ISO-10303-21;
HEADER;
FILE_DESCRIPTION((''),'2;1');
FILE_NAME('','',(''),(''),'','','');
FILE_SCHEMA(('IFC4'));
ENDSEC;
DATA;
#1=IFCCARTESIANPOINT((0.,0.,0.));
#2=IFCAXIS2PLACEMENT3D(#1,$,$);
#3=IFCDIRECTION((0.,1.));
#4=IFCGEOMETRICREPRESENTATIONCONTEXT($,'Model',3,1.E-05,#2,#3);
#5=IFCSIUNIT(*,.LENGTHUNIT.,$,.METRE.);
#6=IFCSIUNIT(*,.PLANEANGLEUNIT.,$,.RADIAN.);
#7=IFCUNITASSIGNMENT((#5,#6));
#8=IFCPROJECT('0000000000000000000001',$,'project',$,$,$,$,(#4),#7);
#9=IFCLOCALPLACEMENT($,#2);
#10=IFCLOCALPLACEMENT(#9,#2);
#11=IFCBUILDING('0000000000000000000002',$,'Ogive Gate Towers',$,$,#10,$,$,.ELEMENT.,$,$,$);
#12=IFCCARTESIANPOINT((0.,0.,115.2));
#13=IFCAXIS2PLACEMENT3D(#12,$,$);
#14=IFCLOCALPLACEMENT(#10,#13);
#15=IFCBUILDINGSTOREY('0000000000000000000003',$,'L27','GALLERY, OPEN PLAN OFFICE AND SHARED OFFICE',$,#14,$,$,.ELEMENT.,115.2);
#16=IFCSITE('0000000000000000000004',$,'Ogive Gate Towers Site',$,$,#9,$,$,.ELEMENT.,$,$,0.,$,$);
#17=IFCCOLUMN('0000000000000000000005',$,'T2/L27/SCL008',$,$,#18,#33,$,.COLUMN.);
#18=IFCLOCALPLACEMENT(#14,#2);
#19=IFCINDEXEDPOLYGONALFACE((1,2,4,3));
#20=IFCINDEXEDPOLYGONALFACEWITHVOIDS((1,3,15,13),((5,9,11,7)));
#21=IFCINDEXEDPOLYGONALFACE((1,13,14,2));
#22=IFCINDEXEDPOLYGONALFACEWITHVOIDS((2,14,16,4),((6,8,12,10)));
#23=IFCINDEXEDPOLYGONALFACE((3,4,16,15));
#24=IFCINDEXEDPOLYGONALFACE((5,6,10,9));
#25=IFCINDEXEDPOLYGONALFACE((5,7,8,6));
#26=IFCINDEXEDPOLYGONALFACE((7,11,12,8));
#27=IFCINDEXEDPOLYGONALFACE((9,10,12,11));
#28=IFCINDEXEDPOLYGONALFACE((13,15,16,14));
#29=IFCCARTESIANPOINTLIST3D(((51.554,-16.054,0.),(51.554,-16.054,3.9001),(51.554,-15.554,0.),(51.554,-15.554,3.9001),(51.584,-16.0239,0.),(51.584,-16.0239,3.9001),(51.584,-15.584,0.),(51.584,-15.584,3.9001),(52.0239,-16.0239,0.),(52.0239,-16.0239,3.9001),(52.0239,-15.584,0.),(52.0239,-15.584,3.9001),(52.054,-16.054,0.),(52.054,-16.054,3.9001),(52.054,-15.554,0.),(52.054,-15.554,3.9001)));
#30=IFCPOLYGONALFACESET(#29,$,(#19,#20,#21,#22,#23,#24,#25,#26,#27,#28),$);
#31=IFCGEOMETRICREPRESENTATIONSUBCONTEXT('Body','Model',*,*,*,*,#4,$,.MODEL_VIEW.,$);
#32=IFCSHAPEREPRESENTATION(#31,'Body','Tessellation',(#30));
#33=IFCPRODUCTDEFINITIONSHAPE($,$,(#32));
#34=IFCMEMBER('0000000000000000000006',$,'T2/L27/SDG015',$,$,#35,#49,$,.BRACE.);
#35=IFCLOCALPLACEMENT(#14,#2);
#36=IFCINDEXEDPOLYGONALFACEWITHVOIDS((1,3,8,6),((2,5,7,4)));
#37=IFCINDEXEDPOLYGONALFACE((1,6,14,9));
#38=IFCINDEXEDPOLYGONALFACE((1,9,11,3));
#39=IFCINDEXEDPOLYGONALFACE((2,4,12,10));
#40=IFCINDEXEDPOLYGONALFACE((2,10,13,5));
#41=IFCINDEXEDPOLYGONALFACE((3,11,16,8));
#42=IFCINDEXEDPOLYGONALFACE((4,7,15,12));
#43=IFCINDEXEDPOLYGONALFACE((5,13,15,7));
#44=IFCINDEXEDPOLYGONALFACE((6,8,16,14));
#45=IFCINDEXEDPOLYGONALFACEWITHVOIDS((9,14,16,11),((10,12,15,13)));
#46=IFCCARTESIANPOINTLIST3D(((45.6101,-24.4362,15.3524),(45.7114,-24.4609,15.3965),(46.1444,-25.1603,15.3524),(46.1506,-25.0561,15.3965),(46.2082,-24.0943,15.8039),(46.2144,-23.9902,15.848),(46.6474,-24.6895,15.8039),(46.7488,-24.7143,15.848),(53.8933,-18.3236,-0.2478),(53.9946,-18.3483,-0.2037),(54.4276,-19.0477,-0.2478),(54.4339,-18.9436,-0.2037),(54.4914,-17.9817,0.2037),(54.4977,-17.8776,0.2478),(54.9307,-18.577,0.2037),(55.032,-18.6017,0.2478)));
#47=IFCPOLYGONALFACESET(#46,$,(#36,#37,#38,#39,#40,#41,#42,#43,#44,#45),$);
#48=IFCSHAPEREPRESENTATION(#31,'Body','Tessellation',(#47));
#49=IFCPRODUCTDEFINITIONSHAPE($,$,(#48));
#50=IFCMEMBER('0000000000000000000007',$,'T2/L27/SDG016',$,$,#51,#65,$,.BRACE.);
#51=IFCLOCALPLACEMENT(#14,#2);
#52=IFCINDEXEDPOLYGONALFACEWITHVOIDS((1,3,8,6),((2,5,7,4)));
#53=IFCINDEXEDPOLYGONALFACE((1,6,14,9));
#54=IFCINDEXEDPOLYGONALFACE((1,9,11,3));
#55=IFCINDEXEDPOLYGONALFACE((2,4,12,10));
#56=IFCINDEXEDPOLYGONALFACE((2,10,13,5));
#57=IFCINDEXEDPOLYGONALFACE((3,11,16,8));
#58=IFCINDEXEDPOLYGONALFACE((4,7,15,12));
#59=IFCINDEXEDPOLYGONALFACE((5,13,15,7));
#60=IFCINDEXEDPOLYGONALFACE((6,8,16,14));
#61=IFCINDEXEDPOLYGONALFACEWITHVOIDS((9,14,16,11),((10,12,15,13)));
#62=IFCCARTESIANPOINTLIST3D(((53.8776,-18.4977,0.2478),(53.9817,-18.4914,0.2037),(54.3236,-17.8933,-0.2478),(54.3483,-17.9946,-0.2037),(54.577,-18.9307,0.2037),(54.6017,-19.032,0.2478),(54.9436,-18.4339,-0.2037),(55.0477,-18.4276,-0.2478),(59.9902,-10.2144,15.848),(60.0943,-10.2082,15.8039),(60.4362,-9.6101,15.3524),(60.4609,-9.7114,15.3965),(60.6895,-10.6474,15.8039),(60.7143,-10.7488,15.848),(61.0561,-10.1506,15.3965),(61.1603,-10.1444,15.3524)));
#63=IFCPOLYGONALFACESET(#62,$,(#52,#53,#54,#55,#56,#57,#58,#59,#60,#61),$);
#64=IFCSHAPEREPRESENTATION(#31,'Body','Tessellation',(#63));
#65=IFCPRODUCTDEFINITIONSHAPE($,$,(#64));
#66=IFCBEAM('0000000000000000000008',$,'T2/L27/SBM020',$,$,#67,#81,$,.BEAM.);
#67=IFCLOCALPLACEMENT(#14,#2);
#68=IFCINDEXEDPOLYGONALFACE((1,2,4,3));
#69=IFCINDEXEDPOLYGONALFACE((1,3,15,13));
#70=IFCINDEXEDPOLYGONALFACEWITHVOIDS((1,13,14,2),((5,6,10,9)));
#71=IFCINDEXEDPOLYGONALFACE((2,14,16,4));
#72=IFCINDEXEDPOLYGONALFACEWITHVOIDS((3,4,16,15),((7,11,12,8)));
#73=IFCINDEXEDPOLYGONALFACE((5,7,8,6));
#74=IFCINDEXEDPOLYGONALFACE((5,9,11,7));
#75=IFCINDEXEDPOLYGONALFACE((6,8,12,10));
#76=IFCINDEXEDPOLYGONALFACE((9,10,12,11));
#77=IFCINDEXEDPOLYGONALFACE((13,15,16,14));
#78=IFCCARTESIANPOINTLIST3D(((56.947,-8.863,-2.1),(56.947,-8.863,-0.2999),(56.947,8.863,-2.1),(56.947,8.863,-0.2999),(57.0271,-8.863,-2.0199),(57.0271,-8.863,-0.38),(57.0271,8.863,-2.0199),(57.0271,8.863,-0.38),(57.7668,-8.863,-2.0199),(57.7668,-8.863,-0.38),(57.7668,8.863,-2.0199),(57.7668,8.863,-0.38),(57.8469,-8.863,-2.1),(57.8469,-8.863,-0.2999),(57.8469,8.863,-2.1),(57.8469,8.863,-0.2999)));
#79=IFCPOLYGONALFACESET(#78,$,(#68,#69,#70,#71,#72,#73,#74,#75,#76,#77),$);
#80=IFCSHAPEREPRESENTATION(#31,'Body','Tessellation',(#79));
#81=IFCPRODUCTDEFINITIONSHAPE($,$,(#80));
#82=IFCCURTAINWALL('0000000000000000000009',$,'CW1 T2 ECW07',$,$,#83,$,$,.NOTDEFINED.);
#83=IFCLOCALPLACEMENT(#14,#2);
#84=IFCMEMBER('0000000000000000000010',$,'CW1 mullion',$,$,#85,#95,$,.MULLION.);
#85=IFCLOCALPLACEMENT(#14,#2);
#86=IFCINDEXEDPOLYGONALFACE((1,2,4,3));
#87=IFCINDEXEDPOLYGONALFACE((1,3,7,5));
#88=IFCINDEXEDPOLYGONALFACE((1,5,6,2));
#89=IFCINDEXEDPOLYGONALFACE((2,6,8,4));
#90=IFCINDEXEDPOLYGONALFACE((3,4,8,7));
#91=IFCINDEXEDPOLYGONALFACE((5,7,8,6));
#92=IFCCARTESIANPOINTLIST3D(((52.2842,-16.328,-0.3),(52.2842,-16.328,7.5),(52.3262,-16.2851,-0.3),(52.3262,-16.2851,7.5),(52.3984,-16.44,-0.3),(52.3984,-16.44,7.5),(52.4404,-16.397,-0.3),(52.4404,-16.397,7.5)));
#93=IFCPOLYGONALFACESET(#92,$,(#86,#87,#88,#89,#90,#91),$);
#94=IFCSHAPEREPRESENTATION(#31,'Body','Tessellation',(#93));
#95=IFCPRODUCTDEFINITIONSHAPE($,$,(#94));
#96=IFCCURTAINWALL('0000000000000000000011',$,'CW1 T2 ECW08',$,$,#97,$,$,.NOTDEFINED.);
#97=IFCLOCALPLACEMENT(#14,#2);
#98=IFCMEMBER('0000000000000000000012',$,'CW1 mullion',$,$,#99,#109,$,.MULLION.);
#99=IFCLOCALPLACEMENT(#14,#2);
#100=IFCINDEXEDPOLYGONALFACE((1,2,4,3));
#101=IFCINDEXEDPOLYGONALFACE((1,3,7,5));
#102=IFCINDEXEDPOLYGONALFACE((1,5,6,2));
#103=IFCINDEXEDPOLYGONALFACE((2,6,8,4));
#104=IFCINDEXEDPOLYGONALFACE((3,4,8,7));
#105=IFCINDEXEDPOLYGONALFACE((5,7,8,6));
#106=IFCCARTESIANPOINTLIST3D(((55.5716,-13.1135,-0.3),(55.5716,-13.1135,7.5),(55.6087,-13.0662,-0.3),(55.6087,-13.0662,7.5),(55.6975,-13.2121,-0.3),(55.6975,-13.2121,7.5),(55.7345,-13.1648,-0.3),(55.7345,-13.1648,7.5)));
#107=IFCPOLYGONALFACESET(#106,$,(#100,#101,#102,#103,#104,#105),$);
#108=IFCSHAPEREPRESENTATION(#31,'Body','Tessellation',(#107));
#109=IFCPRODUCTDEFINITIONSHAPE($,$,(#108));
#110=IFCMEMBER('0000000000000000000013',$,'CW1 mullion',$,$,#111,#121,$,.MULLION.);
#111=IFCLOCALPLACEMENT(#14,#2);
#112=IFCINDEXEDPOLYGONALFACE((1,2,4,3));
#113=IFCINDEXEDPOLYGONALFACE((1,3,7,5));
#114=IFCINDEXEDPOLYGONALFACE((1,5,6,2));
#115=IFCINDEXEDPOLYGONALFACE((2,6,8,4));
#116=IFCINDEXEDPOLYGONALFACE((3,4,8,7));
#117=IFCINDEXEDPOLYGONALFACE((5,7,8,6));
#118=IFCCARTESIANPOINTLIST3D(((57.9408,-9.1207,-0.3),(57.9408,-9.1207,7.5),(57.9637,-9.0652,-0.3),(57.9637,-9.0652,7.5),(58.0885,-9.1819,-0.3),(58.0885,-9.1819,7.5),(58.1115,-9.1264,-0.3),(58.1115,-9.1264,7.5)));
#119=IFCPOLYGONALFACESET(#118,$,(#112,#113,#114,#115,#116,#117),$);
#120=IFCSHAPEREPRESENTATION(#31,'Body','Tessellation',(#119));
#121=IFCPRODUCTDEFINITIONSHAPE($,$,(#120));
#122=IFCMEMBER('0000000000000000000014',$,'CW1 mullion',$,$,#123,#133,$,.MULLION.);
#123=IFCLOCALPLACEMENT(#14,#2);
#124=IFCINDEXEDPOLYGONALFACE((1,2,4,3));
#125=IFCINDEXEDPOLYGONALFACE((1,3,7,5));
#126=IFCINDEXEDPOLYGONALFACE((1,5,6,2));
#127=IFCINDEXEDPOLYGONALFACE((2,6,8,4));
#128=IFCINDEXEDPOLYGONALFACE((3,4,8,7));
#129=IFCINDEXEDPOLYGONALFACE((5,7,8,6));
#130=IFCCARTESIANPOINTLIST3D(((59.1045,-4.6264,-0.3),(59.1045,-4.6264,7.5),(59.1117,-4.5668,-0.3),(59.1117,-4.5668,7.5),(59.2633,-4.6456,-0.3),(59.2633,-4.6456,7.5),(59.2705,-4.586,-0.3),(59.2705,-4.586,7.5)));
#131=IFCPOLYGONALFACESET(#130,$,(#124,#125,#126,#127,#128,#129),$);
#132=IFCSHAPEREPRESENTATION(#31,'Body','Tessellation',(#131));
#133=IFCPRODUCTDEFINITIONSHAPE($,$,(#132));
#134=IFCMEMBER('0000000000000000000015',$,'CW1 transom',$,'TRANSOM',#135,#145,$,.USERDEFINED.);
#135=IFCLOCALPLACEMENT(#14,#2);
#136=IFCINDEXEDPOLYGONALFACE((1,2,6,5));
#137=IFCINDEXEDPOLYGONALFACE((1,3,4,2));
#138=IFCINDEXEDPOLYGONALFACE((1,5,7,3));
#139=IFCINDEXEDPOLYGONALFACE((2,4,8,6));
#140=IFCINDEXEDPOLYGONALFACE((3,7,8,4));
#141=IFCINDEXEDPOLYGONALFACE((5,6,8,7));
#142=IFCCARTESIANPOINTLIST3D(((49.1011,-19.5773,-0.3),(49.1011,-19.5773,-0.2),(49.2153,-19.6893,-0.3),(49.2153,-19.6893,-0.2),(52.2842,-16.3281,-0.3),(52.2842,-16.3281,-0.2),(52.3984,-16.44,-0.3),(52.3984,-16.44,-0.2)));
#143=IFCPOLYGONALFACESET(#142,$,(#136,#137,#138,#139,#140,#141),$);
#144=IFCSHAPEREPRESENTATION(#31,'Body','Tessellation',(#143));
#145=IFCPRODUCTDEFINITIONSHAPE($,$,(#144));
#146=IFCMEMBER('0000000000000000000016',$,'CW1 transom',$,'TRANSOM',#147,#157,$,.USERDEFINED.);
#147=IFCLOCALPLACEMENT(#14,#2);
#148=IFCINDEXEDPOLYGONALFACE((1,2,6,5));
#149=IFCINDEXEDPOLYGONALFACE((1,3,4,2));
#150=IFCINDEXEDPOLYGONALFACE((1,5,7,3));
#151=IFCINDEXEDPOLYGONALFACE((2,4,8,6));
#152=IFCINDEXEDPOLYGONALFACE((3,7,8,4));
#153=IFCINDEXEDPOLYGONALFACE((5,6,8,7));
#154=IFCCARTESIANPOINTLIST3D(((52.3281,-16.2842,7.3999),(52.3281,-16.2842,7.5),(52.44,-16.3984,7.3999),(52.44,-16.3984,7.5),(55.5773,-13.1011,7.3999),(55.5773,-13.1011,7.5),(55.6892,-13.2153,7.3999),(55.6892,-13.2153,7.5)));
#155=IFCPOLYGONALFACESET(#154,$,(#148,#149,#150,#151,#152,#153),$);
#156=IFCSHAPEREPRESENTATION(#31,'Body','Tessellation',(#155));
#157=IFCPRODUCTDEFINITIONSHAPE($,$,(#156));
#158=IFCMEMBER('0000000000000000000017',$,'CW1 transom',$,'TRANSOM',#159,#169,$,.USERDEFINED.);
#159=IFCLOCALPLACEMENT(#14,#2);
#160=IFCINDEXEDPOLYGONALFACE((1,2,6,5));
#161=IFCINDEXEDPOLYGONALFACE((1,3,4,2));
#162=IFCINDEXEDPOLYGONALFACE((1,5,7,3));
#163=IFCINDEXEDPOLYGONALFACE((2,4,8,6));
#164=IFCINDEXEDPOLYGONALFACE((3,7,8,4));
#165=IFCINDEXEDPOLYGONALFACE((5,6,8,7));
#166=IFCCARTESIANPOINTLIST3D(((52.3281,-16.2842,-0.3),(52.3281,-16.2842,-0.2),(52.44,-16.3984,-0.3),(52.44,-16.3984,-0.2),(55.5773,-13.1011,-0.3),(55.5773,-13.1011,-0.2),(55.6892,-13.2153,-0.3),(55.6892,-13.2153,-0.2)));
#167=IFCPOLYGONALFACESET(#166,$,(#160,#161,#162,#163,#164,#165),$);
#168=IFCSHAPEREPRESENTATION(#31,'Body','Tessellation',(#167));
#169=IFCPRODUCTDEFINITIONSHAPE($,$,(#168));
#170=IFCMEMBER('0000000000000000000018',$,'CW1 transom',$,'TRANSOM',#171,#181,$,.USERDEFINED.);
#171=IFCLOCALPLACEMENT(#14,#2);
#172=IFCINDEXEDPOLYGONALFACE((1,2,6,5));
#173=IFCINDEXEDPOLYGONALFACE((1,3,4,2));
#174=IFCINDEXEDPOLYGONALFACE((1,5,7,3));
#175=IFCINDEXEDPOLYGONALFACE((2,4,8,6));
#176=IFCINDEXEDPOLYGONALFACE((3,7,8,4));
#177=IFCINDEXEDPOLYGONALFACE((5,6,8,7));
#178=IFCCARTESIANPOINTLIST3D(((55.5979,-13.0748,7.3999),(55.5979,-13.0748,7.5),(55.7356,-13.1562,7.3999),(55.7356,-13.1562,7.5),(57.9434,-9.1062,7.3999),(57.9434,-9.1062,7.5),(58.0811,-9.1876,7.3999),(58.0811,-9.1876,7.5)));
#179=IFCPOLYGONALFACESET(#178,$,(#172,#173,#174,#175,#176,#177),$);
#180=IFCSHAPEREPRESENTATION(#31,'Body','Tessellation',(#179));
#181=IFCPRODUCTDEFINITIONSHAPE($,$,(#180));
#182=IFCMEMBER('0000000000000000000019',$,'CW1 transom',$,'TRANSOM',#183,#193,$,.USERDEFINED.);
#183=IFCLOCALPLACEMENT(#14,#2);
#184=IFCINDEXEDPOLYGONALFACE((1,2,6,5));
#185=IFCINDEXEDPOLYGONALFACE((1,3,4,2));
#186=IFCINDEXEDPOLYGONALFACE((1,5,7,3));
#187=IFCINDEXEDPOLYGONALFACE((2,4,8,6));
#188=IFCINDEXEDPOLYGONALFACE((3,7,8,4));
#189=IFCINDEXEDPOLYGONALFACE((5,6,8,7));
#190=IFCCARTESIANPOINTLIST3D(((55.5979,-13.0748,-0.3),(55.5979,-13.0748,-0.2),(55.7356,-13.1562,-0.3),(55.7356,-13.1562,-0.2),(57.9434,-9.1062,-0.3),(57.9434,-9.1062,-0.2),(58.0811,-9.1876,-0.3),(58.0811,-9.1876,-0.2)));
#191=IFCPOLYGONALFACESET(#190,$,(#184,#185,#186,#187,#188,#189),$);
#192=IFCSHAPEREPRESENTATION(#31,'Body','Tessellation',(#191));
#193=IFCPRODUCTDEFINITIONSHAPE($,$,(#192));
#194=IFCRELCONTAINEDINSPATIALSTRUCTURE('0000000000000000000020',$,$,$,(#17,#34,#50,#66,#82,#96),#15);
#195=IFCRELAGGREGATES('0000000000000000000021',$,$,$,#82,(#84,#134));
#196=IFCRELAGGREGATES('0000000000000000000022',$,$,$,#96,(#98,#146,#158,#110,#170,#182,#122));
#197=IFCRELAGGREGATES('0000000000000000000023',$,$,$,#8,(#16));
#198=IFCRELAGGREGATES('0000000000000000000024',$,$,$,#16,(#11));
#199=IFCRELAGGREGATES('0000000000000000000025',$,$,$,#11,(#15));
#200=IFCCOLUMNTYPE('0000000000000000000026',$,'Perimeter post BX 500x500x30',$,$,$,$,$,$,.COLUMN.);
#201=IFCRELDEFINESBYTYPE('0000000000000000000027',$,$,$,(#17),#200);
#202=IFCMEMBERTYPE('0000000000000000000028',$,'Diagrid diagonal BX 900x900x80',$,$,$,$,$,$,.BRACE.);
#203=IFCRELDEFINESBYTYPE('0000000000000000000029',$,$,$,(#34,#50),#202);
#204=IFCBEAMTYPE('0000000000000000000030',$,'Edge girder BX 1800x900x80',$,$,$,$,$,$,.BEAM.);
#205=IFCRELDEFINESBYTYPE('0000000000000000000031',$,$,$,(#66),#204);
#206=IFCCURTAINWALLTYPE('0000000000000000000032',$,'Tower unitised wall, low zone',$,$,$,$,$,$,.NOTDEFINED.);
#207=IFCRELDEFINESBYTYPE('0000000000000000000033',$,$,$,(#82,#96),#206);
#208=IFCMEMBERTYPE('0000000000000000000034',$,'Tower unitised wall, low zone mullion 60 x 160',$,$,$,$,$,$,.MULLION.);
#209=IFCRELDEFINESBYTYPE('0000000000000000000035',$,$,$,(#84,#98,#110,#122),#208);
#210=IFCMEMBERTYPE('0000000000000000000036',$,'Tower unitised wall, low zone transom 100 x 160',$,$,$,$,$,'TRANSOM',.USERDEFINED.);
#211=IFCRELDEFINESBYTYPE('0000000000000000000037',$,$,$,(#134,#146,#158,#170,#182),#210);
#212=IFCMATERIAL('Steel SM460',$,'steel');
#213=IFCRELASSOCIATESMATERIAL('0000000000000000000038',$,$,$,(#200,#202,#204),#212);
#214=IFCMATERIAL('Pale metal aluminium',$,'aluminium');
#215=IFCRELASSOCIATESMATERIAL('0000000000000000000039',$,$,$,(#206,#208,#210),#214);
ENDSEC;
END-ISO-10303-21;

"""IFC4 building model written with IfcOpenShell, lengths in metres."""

from ifc_helpers import new_model, si_unit, direction, frame, origin, origin_2d, place, context, subcontext, project, spatial, rectangle, hollow_rectangle, extrude, material, material_profile, profile_set, type_object, element, aggregate, save


model = new_model("IFC4")

# Units and contexts
model_context = context("Model", 3, precision=1e-05, world=origin(), true_north=direction((0.0, 1.0)))
body_context = subcontext(model_context, "Body", "Model", "MODEL_VIEW")
ifc_project = project(units=[si_unit("LENGTHUNIT", "METRE"), si_unit("PLANEANGLEUNIT", "RADIAN")], contexts=[model_context])

# Site, building, storey
site_placement = place(None, origin())
site = spatial("IfcSite", under=ifc_project, at=site_placement, Name="Ogive Gate Towers Site", CompositionType="ELEMENT", RefElevation=0.0)
building_placement = place(site_placement, origin())
building = spatial("IfcBuilding", under=site, at=building_placement, Name="Ogive Gate Towers", CompositionType="ELEMENT")
storey_placement = place(building_placement, frame((0.0, 0.0, 115.2)))
storey = spatial("IfcBuildingStorey", under=building, at=storey_placement, Name="L27", Description="GALLERY, OPEN PLAN OFFICE AND SHARED OFFICE", CompositionType="ELEMENT", Elevation=115.2)

# Column
ifc_material_1 = material(Name="Steel SM460", Category="steel")
ifc_material_profile_1 = material_profile(ifc_material_1, hollow_rectangle(XDim=0.5, YDim=0.5, WallThickness=0.03, at=origin_2d()), Name="BX 500x500x30")
ifc_profile_set_1 = profile_set([ifc_material_profile_1], Name="Steel SM460")
column_type = type_object("IfcColumnType", Name="Perimeter post BX 500x500x30", PredefinedType="COLUMN", material=ifc_profile_set_1)
column_placement = place(storey_placement, frame((51.804, -15.804, 0.0), z_axis=(0.0, 0.0, 1.0), x_axis=(1.0, 0.0, 0.0)))
element("IfcColumn", 1, at=column_placement, inside=storey, type_object=column_type, Name="T2/L27/SCL008", PredefinedType="COLUMN", context=body_context, shape_type="SweptSolid", body=[
    extrude(hollow_rectangle(XDim=0.5, YDim=0.5, WallThickness=0.03, at=origin_2d()), origin(), (0.0, 0.0, 1.0), 3.9001),
])

# Members
ifc_material_profile_2 = material_profile(ifc_material_1, hollow_rectangle(XDim=0.8999, YDim=0.8999, WallThickness=0.0801, at=origin_2d()), Name="BX 900x900x80")
ifc_profile_set_2 = profile_set([ifc_material_profile_2], Name="Steel SM460")
member_type_1 = type_object("IfcMemberType", Name="Diagrid diagonal BX 900x900x80", PredefinedType="BRACE", material=ifc_profile_set_2)
for number, where, z_axis, x_axis, name in (
    (2, (54.4626, -18.4626, 0.0), (-0.443175, -0.327039, 0.83465), (0.593774, -0.804632, 0.0), "T2/L27/SDG015"),
    (3, (54.4626, -18.4626, 0.0), (0.327039, 0.443175, 0.83465), (-0.804632, 0.593774, 0.0), "T2/L27/SDG016"),
):
    element("IfcMember", number, at=place(storey_placement, frame(where, z_axis=z_axis, x_axis=x_axis)), inside=storey, type_object=member_type_1, Name=name, PredefinedType="BRACE", context=body_context, shape_type="SweptSolid", body=[
        extrude(hollow_rectangle(XDim=0.8999, YDim=0.8999, WallThickness=0.0801, at=origin_2d()), origin(), (0.0, 0.0, 1.0), 18.6907),
    ])

# Beam
ifc_material_profile_3 = material_profile(ifc_material_1, hollow_rectangle(XDim=0.8999, YDim=1.8, WallThickness=0.0801, at=origin_2d()), Name="BX 1800x900x80")
ifc_profile_set_3 = profile_set([ifc_material_profile_3], Name="Steel SM460")
beam_type = type_object("IfcBeamType", Name="Edge girder BX 1800x900x80", PredefinedType="BEAM", material=ifc_profile_set_3)
beam_placement = place(storey_placement, frame((57.397, -8.863, -1.2), z_axis=(0.0, 1.0, 0.0), x_axis=(-1.0, 0.0, 0.0)))
element("IfcBeam", 4, at=beam_placement, inside=storey, type_object=beam_type, Name="T2/L27/SBM020", PredefinedType="BEAM", context=body_context, shape_type="SweptSolid", body=[
    extrude(hollow_rectangle(XDim=0.8999, YDim=1.8, WallThickness=0.0801, at=origin_2d()), origin(), (0.0, 0.0, 1.0), 17.7261),
])

# Curtain wall, member
ifc_material_2 = material(Name="Pale metal aluminium", Category="aluminium")
curtain_wall_type = type_object("IfcCurtainWallType", Name="Tower unitised wall, low zone", PredefinedType="NOTDEFINED", material=ifc_material_2)
curtain_wall_1_placement = place(storey_placement, origin())
curtain_wall_1 = element("IfcCurtainWall", 5, at=curtain_wall_1_placement, inside=storey, type_object=curtain_wall_type, Name="CW1 T2 ECW07", PredefinedType="NOTDEFINED")
ifc_material_profile_4 = material_profile(ifc_material_2, rectangle(XDim=0.1599, YDim=0.0601, at=origin_2d()), Name="60 x 160 aluminium box")
ifc_profile_set_4 = profile_set([ifc_material_profile_4], Name="Pale metal aluminium")
member_type_2 = type_object("IfcMemberType", Name="Tower unitised wall, low zone mullion 60 x 160", PredefinedType="MULLION", material=ifc_profile_set_4)
member_1_placement = place(storey_placement, frame((52.3623, -16.3625, -0.3), z_axis=(0.0, 0.0, 1.0), x_axis=(0.714351, -0.699788, 0.0)))
member_1 = element("IfcMember", 6, at=member_1_placement, type_object=member_type_2, Name="CW1 mullion", PredefinedType="MULLION", context=body_context, shape_type="SweptSolid", body=[
    extrude(rectangle(XDim=0.1599, YDim=0.0601, at=origin_2d()), origin(), (0.0, 0.0, 1.0), 7.8),
])

# Curtain wall, members
curtain_wall_2_placement = place(storey_placement, origin())
curtain_wall_2 = element("IfcCurtainWall", 7, at=curtain_wall_2_placement, inside=storey, type_object=curtain_wall_type, Name="CW1 T2 ECW08", PredefinedType="NOTDEFINED")
member_2_placement = place(storey_placement, frame((55.6531, -13.1392, -0.3), z_axis=(0.0, 0.0, 1.0), x_axis=(0.787086, -0.616844, 0.0)))
member_2 = element("IfcMember", 8, at=member_2_placement, type_object=member_type_2, Name="CW1 mullion", PredefinedType="MULLION", context=body_context, shape_type="SweptSolid", body=[
    extrude(rectangle(XDim=0.1599, YDim=0.0601, at=origin_2d()), origin(), (0.0, 0.0, 1.0), 7.8),
])
member_3_placement = place(storey_placement, frame((58.0261, -9.1235, -0.3), z_axis=(0.0, 0.0, 1.0), x_axis=(0.92388, -0.382683, 0.0)))
member_3 = element("IfcMember", 9, at=member_3_placement, type_object=member_type_2, Name="CW1 mullion", PredefinedType="MULLION", context=body_context, shape_type="SweptSolid", body=[
    extrude(rectangle(XDim=0.1599, YDim=0.0601, at=origin_2d()), origin(), (0.0, 0.0, 1.0), 7.8),
])
member_4_placement = place(storey_placement, frame((59.1875, -4.6062, -0.3), z_axis=(0.0, 0.0, 1.0), x_axis=(0.992728, -0.120379, 0.0)))
member_4 = element("IfcMember", 10, at=member_4_placement, type_object=member_type_2, Name="CW1 mullion", PredefinedType="MULLION", context=body_context, shape_type="SweptSolid", body=[
    extrude(rectangle(XDim=0.1599, YDim=0.0601, at=origin_2d()), origin(), (0.0, 0.0, 1.0), 7.8),
])

# Members
ifc_material_profile_5 = material_profile(ifc_material_2, rectangle(XDim=0.1599, YDim=0.1001, at=origin_2d()), Name="100 x 160 aluminium box")
ifc_profile_set_5 = profile_set([ifc_material_profile_5], Name="Pale metal aluminium")
member_type_3 = type_object("IfcMemberType", Name="Tower unitised wall, low zone transom 100 x 160", ElementType="TRANSOM", PredefinedType="USERDEFINED", material=ifc_profile_set_5)
member_5_placement = place(storey_placement, frame((49.1582, -19.6333, -0.25), z_axis=(0.699797, 0.714342, 0.0), x_axis=(-0.714342, 0.699797, 0.0)))
member_5 = element("IfcMember", 11, at=member_5_placement, type_object=member_type_3, Name="CW1 transom", ObjectType="TRANSOM", PredefinedType="USERDEFINED", context=body_context, shape_type="SweptSolid", body=[
    extrude(rectangle(XDim=0.1599, YDim=0.1001, at=origin_2d()), origin(), (0.0, 0.0, 1.0), 4.5486),
])
member_6_placement = place(storey_placement, frame((52.384, -16.3413, 7.45), z_axis=(0.714342, 0.699797, 0.0), x_axis=(-0.699797, 0.714342, 0.0)))
member_6 = element("IfcMember", 12, at=member_6_placement, type_object=member_type_3, Name="CW1 transom", ObjectType="TRANSOM", PredefinedType="USERDEFINED", context=body_context, shape_type="SweptSolid", body=[
    extrude(rectangle(XDim=0.1599, YDim=0.1001, at=origin_2d()), origin(), (0.0, 0.0, 1.0), 4.5486),
])
member_7_placement = place(storey_placement, frame((52.384, -16.3413, -0.25), z_axis=(0.714342, 0.699797, 0.0), x_axis=(-0.699797, 0.714342, 0.0)))
member_7 = element("IfcMember", 13, at=member_7_placement, type_object=member_type_3, Name="CW1 transom", ObjectType="TRANSOM", PredefinedType="USERDEFINED", context=body_context, shape_type="SweptSolid", body=[
    extrude(rectangle(XDim=0.1599, YDim=0.1001, at=origin_2d()), origin(), (0.0, 0.0, 1.0), 4.5486),
])
member_8_placement = place(storey_placement, frame((55.6667, -13.1155, 7.45), z_axis=(0.508799, 0.860885, 0.0), x_axis=(-0.860885, 0.508799, 0.0)))
member_8 = element("IfcMember", 14, at=member_8_placement, type_object=member_type_3, Name="CW1 transom", ObjectType="TRANSOM", PredefinedType="USERDEFINED", context=body_context, shape_type="SweptSolid", body=[
    extrude(rectangle(XDim=0.1599, YDim=0.1001, at=origin_2d()), origin(), (0.0, 0.0, 1.0), 4.6099),
])
member_9_placement = place(storey_placement, frame((55.6667, -13.1155, -0.25), z_axis=(0.508799, 0.860885, 0.0), x_axis=(-0.860885, 0.508799, 0.0)))
member_9 = element("IfcMember", 15, at=member_9_placement, type_object=member_type_3, Name="CW1 transom", ObjectType="TRANSOM", PredefinedType="USERDEFINED", context=body_context, shape_type="SweptSolid", body=[
    extrude(rectangle(XDim=0.1599, YDim=0.1001, at=origin_2d()), origin(), (0.0, 0.0, 1.0), 4.6099),
])

aggregate(curtain_wall_1, [member_1, member_5])
aggregate(curtain_wall_2, [member_2, member_6, member_7, member_3, member_8, member_9, member_4])

save(model, "model.ifc")
